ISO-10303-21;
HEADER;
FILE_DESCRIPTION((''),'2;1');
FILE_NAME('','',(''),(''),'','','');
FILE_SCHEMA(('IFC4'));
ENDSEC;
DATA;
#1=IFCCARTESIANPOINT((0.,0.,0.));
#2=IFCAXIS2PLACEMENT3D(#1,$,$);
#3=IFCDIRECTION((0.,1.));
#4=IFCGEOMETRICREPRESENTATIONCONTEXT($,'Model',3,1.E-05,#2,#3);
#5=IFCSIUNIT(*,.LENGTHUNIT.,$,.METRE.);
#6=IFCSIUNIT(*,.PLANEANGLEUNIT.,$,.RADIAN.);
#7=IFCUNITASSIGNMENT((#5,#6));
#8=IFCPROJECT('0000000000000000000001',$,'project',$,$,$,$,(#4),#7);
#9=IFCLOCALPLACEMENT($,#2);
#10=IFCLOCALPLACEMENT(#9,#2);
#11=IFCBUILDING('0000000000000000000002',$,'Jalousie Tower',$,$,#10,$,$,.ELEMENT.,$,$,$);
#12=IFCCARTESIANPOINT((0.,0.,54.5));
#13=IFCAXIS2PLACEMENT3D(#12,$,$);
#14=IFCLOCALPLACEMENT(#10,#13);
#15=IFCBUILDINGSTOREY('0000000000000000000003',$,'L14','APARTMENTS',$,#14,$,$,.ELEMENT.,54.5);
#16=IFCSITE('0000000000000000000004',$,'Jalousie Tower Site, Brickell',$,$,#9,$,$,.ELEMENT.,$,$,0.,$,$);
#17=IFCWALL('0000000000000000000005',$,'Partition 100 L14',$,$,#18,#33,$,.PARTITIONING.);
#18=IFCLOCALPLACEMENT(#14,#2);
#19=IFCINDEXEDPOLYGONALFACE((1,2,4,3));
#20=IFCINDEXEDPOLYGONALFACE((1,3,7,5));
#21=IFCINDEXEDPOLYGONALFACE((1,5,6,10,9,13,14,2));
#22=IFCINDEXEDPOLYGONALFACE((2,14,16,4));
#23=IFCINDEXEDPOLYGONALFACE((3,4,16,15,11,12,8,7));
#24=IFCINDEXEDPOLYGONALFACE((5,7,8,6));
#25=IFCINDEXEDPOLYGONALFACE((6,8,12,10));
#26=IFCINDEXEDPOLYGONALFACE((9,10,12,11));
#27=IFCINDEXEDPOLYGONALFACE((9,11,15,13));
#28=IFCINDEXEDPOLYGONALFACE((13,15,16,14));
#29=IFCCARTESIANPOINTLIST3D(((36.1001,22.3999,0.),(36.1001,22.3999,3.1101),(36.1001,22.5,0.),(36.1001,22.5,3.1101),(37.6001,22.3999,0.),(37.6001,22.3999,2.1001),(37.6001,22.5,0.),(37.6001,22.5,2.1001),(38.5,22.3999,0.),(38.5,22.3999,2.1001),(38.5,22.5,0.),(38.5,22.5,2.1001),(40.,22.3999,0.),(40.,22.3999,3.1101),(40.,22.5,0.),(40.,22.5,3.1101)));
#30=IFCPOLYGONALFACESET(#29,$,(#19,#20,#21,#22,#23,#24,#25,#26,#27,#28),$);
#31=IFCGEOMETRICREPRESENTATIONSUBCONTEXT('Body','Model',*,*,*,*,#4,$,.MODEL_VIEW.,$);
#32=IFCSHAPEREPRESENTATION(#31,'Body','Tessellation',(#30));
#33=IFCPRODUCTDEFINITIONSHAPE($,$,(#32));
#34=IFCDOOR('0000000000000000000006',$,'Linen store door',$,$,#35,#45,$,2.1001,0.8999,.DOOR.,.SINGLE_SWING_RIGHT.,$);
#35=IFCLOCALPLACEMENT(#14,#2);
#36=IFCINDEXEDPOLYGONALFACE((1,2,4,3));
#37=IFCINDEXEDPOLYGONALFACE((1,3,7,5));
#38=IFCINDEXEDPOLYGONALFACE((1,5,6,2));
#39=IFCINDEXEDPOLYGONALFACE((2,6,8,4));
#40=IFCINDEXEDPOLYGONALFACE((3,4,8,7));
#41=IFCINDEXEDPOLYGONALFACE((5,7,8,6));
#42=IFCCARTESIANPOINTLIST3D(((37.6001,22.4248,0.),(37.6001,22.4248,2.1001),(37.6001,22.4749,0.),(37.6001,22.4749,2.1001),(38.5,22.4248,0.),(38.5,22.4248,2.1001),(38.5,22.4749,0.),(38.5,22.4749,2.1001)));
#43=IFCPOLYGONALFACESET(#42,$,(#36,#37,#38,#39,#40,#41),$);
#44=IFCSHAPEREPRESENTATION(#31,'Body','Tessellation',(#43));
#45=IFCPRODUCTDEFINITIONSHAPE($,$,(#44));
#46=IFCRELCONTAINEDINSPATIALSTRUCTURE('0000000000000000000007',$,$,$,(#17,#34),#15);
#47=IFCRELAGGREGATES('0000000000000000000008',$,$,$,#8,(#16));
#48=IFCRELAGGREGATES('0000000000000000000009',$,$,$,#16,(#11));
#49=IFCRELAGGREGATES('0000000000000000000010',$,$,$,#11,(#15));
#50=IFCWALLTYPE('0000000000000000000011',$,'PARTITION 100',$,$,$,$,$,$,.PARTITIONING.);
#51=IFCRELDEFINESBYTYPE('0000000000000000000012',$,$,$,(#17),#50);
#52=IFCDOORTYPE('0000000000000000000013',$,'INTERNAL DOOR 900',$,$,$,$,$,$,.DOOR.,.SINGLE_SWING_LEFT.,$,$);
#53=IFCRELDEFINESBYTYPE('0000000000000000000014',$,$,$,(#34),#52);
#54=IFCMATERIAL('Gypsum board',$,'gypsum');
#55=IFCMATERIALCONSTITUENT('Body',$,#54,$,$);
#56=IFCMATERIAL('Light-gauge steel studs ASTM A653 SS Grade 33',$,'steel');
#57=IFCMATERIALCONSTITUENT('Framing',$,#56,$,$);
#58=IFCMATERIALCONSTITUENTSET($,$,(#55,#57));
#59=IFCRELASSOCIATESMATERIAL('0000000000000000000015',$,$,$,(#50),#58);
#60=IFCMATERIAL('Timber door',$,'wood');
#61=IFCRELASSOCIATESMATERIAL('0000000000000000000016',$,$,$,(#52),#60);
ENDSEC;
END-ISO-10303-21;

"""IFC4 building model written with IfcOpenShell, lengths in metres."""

from ifc_helpers import new_model, si_unit, direction, frame, frame_2d, origin, place, context, subcontext, project, spatial, rectangle, extrude, material, constituent, constituent_set, type_object, element, fill, save


model = new_model("IFC4")

# Units and contexts
model_context = context("Model", 3, precision=1e-05, world=origin(), true_north=direction((0.0, 1.0)))
body_context = subcontext(model_context, "Body", "Model", "MODEL_VIEW")
ifc_project = project(units=[si_unit("LENGTHUNIT", "METRE"), si_unit("PLANEANGLEUNIT", "RADIAN")], contexts=[model_context])

# Site, building, storey
site_placement = place(None, origin())
site = spatial("IfcSite", under=ifc_project, at=site_placement, Name="Jalousie Tower Site, Brickell", CompositionType="ELEMENT", RefElevation=0.0)
building_placement = place(site_placement, origin())
building = spatial("IfcBuilding", under=site, at=building_placement, Name="Jalousie Tower", CompositionType="ELEMENT")
storey_placement = place(building_placement, frame((0.0, 0.0, 54.5)))
storey = spatial("IfcBuildingStorey", under=building, at=storey_placement, Name="L14", Description="APARTMENTS", CompositionType="ELEMENT", Elevation=54.5)

# Wall, opening, door
ifc_material_1 = material(Name="Gypsum board", Category="gypsum")
ifc_constituent_1 = constituent(ifc_material_1, Name="Body")
ifc_material_2 = material(Name="Light-gauge steel studs ASTM A653 SS Grade 33", Category="steel")
ifc_constituent_2 = constituent(ifc_material_2, Name="Framing")
ifc_constituent_set = constituent_set(constituents=[ifc_constituent_1, ifc_constituent_2])
wall_type_1 = type_object("IfcWallType", Name="PARTITION 100", PredefinedType="PARTITIONING", material=ifc_constituent_set)
wall_1_placement = place(storey_placement, frame((36.1001, 22.45, 0.0), z_axis=(0.0, 0.0, 1.0), x_axis=(1.0, 0.0, 0.0)))
wall_1 = element("IfcWall", 1, at=wall_1_placement, inside=storey, type_object=wall_type_1, Name="Partition 100 L14", PredefinedType="PARTITIONING", context=body_context, shape_type="SweptSolid", body=[
    extrude(rectangle(XDim=3.8999, YDim=0.1001, at=frame_2d((1.95, 0.0))), origin(), (0.0, 0.0, 1.0), 3.1101),
])
opening_1_placement = place(wall_1_placement, frame((1.5, 0.0, 0.0)))
opening_1 = element("IfcOpeningElement", 2, at=opening_1_placement, cuts=wall_1, PredefinedType="OPENING", context=body_context, shape_type="SweptSolid", body=[
    extrude(rectangle(XDim=0.8999, YDim=2.1001, at=frame_2d((0.45, 1.05))), frame((0.0, 0.0601, 0.0), z_axis=(0.0, -1.0, 0.0), x_axis=(1.0, 0.0, 0.0)), (0.0, 0.0, 1.0), 0.1201),
])
ifc_material_3 = material(Name="Timber door", Category="wood")
door_type_1 = type_object("IfcDoorType", Name="INTERNAL DOOR 900", OperationType="SINGLE_SWING_LEFT", PredefinedType="DOOR", material=ifc_material_3)
door_1_placement = place(opening_1_placement, origin())
door_1 = element("IfcDoor", 3, at=door_1_placement, inside=storey, type_object=door_type_1, Name="Linen store door", OperationType="SINGLE_SWING_RIGHT", OverallHeight=2.1001, OverallWidth=0.8999, PredefinedType="DOOR", context=body_context, shape_type="SweptSolid", body=[
    extrude(rectangle(XDim=0.8999, YDim=2.1001, at=frame_2d((0.45, 1.05))), frame((0.0, 0.0249, 0.0), z_axis=(0.0, -1.0, 0.0), x_axis=(1.0, 0.0, 0.0)), (0.0, 0.0, 1.0), 0.05),
])
fill(opening_1, door_1)

save(model, "model.ifc")
